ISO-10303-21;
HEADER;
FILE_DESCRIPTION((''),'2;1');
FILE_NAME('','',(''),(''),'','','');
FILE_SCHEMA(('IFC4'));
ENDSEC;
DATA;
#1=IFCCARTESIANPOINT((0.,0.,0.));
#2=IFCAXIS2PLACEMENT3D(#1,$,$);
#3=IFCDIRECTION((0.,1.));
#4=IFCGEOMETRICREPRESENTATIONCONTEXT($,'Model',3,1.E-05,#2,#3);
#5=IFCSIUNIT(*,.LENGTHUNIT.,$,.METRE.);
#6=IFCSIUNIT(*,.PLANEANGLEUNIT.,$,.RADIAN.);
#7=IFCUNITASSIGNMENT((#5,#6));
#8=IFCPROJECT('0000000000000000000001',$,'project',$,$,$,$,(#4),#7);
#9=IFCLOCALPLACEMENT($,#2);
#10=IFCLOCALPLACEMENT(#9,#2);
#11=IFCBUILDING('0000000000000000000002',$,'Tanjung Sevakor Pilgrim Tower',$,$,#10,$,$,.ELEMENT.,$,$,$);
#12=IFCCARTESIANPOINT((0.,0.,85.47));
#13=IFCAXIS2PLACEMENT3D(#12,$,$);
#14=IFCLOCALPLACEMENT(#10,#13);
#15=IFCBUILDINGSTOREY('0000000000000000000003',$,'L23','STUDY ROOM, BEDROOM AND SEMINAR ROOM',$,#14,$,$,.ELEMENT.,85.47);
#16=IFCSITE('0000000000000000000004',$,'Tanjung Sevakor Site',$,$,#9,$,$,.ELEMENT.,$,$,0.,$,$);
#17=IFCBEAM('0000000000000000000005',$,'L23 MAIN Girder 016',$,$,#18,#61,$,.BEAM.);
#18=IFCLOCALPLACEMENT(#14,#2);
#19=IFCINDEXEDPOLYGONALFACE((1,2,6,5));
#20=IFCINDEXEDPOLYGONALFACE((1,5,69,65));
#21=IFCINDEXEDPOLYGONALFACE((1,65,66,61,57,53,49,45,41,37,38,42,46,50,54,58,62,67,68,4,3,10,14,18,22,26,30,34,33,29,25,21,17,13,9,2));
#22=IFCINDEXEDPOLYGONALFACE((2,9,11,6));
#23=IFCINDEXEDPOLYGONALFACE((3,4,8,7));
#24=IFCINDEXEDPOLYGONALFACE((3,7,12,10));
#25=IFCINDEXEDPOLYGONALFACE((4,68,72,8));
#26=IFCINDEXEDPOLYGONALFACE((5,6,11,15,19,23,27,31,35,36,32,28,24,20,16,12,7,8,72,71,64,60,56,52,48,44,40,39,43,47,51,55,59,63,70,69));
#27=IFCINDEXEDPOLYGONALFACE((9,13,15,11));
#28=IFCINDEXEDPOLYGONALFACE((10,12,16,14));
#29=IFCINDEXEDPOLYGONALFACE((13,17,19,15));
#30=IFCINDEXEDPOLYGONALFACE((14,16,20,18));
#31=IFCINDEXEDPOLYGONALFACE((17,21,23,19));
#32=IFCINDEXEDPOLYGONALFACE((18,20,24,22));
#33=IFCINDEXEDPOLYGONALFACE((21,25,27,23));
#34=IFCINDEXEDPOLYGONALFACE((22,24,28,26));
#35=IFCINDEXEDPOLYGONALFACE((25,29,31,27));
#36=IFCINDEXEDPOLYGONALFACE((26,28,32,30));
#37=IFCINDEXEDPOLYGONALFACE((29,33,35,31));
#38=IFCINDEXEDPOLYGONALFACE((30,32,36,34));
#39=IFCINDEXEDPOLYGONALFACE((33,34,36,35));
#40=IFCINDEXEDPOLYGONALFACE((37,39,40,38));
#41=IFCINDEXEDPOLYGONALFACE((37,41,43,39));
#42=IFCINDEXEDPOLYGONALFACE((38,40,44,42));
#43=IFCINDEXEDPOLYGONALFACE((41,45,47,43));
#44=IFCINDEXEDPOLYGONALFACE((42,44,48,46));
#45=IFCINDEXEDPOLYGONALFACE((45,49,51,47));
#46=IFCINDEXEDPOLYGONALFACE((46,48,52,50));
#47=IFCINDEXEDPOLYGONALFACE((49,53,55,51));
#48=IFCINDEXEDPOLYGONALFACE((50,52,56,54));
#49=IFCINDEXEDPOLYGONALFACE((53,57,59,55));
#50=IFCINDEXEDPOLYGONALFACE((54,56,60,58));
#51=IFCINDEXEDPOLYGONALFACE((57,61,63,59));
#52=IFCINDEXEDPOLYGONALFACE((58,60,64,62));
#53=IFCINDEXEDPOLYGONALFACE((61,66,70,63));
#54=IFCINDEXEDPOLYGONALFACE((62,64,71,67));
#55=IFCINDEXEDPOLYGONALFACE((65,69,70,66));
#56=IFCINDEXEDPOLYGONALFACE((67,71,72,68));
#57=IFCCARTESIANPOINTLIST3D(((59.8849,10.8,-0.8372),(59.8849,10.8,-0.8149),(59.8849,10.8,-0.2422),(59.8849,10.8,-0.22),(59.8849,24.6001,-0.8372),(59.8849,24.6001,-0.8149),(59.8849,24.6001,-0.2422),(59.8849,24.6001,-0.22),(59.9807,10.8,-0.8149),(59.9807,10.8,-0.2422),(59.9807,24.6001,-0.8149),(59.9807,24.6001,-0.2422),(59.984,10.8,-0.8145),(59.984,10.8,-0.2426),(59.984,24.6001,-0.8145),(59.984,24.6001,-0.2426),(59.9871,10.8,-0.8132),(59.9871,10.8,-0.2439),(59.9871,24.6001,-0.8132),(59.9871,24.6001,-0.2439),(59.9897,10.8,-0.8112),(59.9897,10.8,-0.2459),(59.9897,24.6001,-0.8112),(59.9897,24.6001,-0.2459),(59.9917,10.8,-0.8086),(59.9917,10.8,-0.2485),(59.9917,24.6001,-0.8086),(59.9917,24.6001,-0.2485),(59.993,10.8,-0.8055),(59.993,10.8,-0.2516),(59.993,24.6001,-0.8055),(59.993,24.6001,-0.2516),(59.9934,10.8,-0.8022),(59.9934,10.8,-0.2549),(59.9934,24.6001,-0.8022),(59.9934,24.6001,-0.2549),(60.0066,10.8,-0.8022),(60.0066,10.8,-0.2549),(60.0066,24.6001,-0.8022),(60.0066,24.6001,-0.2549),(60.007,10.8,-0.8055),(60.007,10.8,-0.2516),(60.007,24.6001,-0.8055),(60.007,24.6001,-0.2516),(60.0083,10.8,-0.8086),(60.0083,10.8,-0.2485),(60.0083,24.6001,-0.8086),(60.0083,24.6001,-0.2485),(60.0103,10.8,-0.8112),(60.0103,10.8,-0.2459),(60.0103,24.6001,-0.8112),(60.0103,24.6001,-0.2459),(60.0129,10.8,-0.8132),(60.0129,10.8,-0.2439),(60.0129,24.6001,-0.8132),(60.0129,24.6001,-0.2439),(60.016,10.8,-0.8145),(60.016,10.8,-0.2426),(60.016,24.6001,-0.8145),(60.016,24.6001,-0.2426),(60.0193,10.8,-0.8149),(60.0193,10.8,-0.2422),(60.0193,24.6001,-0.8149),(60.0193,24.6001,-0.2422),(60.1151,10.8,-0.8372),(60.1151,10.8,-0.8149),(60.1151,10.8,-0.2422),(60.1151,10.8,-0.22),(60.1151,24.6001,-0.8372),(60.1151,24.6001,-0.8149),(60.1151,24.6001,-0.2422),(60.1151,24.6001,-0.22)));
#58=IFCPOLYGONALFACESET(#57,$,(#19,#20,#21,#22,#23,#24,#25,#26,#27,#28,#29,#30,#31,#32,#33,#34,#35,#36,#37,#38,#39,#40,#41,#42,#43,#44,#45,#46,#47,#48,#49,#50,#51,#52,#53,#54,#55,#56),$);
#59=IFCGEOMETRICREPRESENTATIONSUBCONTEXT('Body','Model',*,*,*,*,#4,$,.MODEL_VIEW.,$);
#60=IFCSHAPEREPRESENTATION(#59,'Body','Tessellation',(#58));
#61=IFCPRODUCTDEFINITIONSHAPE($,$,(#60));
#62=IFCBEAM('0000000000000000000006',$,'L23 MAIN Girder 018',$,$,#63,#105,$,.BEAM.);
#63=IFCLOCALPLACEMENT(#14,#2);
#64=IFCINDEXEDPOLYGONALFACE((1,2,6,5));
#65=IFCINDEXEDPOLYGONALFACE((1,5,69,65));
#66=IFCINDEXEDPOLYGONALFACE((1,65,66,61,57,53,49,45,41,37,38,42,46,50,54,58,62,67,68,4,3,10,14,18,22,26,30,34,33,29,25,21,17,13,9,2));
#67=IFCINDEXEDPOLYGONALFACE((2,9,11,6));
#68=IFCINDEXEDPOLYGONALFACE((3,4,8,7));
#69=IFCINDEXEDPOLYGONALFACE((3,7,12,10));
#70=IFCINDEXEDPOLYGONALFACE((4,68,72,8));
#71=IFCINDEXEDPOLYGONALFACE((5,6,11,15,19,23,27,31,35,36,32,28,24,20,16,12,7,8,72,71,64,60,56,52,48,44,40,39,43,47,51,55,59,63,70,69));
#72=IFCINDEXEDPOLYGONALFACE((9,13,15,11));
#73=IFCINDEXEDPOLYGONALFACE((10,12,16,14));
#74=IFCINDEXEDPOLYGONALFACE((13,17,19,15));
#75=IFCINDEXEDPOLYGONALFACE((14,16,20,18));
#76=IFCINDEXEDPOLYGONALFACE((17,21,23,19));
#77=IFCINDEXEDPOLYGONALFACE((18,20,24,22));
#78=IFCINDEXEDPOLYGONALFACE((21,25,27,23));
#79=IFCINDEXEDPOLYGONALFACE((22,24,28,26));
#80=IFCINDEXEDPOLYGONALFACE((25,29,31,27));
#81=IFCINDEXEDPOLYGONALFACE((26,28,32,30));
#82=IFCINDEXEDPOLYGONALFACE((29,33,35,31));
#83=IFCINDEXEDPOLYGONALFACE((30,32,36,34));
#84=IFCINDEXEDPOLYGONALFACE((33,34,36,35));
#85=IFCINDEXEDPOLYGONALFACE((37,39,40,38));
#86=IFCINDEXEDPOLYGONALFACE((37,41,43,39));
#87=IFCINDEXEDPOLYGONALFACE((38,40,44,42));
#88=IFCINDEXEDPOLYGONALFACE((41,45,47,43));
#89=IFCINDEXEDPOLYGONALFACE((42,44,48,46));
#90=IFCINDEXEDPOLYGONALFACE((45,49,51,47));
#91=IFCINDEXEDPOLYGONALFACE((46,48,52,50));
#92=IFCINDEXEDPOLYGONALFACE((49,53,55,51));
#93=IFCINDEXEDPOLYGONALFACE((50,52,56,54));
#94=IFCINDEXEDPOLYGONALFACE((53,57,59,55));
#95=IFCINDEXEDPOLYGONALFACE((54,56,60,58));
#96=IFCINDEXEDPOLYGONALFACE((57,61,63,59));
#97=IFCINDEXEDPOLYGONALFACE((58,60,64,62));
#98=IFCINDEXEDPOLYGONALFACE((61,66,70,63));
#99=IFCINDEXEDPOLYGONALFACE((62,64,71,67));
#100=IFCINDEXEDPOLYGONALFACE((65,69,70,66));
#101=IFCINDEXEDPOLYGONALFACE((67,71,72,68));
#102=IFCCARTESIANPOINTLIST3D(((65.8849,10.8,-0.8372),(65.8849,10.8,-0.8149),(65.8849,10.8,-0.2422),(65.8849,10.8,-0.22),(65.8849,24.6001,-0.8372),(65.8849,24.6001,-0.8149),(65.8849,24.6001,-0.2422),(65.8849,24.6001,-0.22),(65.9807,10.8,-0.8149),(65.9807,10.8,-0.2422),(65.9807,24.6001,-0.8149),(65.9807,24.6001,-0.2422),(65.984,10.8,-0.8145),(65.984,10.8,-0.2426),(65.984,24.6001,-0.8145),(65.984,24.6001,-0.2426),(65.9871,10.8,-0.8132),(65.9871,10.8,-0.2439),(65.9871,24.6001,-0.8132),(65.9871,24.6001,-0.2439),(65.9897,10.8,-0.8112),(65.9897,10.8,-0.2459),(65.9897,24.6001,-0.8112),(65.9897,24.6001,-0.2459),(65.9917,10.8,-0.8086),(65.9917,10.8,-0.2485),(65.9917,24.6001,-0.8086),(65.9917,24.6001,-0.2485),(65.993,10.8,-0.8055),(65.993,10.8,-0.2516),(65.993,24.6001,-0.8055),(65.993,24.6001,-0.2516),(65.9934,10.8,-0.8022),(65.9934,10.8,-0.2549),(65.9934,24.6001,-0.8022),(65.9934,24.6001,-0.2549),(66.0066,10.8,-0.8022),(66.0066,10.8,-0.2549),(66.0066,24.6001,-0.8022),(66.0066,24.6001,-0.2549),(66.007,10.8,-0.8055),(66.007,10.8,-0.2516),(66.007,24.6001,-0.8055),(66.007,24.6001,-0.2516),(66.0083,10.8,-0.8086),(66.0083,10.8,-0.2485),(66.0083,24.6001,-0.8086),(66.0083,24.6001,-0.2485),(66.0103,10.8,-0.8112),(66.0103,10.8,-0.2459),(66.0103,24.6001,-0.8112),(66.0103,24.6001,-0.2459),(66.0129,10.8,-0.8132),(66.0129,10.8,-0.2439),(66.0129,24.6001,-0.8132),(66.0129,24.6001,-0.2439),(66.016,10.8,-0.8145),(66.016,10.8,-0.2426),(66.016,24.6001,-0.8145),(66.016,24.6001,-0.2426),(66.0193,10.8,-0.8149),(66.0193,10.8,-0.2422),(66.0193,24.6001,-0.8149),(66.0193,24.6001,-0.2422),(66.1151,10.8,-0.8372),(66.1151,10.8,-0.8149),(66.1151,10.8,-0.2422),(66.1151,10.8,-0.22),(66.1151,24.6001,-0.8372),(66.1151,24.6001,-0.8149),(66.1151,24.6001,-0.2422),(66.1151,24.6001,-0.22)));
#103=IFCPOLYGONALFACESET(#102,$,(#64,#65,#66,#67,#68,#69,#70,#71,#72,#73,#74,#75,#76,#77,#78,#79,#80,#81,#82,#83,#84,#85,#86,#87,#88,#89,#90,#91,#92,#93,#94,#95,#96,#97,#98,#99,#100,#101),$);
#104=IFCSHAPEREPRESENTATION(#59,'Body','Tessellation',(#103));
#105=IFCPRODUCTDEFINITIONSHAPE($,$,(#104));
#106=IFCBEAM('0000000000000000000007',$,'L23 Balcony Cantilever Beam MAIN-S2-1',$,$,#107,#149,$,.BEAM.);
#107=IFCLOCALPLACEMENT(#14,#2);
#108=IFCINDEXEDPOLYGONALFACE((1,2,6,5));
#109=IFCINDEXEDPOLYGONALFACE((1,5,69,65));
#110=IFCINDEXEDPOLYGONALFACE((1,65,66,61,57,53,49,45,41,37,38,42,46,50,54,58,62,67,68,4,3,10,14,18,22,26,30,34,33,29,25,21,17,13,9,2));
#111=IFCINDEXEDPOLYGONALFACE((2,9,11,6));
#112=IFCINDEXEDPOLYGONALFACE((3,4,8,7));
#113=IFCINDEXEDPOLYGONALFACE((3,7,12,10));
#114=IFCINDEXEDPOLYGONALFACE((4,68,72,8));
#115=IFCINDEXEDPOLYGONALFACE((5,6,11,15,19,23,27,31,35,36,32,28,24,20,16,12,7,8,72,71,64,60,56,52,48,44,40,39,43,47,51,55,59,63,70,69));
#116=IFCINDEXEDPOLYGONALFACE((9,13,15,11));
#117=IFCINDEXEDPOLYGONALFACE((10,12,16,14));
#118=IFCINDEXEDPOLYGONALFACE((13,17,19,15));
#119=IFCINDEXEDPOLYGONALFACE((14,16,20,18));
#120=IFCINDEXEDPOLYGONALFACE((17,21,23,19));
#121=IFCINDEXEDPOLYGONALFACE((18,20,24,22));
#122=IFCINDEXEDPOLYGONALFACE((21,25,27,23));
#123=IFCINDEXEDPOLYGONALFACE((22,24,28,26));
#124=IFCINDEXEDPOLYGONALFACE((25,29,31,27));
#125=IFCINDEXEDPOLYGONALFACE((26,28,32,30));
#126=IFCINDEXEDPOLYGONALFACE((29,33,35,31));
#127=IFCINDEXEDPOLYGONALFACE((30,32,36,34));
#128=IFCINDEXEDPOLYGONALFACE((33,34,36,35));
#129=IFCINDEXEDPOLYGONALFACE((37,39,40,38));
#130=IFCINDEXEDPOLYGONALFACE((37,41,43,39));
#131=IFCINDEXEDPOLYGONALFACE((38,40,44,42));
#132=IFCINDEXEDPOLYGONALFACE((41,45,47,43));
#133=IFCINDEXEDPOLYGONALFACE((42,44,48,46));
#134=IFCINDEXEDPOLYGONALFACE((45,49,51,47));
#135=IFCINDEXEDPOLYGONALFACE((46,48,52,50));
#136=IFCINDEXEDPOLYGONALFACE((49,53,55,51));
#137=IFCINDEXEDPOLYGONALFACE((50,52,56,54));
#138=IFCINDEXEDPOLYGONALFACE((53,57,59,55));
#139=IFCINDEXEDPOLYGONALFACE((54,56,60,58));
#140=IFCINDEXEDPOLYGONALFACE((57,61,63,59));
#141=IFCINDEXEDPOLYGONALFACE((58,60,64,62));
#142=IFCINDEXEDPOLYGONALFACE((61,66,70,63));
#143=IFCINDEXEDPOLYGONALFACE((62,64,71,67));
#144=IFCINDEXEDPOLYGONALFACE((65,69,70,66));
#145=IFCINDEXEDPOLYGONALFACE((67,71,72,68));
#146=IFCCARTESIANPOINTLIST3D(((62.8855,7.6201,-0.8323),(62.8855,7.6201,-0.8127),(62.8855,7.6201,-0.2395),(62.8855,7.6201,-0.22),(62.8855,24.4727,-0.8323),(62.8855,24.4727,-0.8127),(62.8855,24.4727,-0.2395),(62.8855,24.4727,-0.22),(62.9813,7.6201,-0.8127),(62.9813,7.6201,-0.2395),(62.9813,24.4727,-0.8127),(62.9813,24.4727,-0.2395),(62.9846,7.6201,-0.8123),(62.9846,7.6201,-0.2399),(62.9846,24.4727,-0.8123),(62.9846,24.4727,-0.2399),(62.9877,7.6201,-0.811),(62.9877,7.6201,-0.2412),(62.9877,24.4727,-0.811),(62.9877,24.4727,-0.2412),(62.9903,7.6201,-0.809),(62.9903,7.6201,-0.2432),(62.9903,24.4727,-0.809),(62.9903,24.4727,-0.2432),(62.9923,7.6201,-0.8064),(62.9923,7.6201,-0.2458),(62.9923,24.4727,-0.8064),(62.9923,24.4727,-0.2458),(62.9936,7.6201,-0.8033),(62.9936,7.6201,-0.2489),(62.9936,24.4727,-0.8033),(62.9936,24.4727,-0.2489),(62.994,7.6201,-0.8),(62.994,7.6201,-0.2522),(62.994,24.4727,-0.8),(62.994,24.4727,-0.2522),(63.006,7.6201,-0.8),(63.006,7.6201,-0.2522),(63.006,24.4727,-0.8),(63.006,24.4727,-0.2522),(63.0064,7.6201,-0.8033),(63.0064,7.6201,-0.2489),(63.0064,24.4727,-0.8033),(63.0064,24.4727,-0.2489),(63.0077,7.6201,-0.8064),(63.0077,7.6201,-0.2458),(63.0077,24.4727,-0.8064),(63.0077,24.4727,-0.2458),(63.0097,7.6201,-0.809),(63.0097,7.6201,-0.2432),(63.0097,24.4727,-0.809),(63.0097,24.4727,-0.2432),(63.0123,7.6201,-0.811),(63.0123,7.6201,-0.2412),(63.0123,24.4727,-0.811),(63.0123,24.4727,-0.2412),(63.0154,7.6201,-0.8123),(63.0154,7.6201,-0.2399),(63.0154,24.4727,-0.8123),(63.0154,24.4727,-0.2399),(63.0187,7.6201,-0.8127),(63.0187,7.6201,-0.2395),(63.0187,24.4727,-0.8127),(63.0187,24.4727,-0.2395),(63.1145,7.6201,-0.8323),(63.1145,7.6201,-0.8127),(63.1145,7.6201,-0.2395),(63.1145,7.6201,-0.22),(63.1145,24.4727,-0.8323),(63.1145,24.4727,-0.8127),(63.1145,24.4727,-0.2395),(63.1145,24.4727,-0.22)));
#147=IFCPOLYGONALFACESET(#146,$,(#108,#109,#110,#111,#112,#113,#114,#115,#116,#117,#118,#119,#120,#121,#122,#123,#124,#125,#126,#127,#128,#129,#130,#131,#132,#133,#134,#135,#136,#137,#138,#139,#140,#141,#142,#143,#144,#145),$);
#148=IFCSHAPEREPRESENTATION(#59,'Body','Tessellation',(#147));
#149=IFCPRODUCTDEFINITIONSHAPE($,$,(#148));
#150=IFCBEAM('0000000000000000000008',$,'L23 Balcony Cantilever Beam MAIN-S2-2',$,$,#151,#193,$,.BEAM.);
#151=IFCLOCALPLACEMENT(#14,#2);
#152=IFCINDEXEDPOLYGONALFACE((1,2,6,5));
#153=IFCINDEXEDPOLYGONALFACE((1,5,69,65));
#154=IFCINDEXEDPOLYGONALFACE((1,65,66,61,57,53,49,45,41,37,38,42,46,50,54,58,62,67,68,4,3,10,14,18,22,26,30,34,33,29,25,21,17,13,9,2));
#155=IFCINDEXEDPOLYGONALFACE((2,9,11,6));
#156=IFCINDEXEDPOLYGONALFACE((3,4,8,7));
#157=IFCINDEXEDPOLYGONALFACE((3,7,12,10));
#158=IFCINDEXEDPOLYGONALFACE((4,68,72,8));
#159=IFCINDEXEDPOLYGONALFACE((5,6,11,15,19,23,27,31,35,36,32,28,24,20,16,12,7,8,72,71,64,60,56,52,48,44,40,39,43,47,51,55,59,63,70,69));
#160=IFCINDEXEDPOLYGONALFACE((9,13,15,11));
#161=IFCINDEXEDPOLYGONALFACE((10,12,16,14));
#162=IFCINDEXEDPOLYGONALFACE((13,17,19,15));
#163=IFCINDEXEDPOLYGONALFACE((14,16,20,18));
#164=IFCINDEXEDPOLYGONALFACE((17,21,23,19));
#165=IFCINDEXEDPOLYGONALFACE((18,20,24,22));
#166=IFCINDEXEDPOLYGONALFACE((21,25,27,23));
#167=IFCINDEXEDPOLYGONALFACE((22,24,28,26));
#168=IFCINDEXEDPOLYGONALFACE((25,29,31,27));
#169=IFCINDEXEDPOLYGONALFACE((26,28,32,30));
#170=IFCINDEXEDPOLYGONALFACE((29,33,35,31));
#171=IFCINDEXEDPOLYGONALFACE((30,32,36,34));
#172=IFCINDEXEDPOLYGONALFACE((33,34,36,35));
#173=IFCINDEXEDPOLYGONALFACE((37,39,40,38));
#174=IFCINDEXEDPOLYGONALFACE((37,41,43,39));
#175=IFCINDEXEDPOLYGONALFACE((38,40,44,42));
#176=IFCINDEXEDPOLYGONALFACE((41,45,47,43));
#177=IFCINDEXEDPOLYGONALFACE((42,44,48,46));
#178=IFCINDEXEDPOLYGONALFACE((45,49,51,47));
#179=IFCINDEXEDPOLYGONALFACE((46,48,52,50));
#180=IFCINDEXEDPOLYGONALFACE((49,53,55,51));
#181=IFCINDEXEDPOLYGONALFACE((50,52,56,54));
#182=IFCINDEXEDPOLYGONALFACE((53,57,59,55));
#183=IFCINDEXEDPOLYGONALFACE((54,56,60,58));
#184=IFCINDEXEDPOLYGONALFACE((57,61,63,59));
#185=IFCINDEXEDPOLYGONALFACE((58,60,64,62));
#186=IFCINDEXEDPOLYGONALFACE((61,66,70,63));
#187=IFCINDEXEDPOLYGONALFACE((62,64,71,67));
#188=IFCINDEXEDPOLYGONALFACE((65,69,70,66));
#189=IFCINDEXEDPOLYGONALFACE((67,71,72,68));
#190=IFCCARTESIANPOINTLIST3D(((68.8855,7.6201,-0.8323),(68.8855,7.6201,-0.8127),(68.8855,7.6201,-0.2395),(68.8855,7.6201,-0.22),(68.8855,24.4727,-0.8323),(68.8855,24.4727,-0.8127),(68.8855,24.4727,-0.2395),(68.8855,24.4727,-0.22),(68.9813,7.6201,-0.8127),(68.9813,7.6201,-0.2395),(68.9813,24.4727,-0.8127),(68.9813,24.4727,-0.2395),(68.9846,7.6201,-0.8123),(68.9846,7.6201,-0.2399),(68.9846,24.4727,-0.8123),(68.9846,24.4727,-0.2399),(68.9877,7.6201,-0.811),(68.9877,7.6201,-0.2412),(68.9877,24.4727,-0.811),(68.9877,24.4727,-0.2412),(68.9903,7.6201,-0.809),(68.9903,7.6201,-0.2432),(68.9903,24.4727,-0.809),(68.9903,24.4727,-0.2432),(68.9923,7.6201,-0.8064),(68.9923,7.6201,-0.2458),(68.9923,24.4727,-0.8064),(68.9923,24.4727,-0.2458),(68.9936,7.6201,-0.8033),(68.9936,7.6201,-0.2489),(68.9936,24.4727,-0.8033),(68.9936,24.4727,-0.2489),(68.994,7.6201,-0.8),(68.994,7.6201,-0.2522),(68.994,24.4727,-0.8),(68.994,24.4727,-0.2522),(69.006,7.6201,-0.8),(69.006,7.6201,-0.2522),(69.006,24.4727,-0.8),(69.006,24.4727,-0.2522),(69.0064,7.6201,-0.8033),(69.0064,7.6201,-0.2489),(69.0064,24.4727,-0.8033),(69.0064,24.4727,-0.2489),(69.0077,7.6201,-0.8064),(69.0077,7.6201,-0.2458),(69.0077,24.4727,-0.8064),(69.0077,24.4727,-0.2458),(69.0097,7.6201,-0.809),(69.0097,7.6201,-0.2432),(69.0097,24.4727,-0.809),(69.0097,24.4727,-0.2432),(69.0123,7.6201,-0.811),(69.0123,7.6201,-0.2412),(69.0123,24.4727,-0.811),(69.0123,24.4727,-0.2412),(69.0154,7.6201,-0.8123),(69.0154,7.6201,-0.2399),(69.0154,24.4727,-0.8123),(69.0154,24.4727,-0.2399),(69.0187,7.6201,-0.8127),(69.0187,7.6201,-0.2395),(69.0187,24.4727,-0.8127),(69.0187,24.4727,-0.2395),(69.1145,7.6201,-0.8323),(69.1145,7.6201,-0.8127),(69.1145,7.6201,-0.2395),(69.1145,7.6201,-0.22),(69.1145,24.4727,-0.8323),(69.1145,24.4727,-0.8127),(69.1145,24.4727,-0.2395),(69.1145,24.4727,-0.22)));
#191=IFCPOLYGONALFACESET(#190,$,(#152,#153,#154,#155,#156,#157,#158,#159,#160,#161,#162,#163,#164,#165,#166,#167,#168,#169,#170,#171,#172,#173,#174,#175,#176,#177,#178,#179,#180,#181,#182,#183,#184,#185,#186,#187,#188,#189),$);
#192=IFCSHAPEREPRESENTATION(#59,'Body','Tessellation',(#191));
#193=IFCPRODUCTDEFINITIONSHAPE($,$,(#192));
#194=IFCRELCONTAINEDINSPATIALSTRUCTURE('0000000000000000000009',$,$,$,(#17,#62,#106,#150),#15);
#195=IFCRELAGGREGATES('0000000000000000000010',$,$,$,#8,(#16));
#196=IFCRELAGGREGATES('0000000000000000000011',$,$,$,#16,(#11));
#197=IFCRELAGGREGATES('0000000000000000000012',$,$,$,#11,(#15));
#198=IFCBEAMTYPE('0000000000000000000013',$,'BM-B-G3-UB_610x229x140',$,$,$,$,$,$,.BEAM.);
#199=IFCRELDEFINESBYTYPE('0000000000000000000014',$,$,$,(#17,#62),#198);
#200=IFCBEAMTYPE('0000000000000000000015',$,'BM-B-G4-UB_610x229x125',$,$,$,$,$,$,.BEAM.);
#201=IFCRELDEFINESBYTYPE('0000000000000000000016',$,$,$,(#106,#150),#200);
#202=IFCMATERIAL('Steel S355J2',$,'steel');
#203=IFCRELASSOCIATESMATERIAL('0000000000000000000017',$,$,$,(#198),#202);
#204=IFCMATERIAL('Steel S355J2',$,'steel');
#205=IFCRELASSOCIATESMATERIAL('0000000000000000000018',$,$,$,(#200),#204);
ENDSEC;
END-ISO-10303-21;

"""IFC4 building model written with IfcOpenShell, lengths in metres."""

from ifc_helpers import new_model, si_unit, direction, frame, origin, origin_2d, place, context, subcontext, project, spatial, i_section, extrude, material, material_profile, profile_set, type_object, element, save


model = new_model("IFC4")

# Units and contexts
model_context = context("Model", 3, precision=1e-05, world=origin(), true_north=direction((0.0, 1.0)))
body_context = subcontext(model_context, "Body", "Model", "MODEL_VIEW")
ifc_project = project(units=[si_unit("LENGTHUNIT", "METRE"), si_unit("PLANEANGLEUNIT", "RADIAN")], contexts=[model_context])

# Site, building, storey
site_placement = place(None, origin())
site = spatial("IfcSite", under=ifc_project, at=site_placement, Name="Tanjung Sevakor Site", CompositionType="ELEMENT", RefElevation=0.0)
building_placement = place(site_placement, origin())
building = spatial("IfcBuilding", under=site, at=building_placement, Name="Tanjung Sevakor Pilgrim Tower", CompositionType="ELEMENT")
storey_placement = place(building_placement, frame((0.0, 0.0, 85.47)))
storey = spatial("IfcBuildingStorey", under=building, at=storey_placement, Name="L23", Description="STUDY ROOM, BEDROOM AND SEMINAR ROOM", CompositionType="ELEMENT", Elevation=85.47)

# Beams
ifc_material_1 = material(Name="Steel S355J2", Category="steel")
ifc_material_profile_1 = material_profile(ifc_material_1, i_section(OverallWidth=0.2302, OverallDepth=0.6172, WebThickness=0.0132, FlangeThickness=0.0222, FilletRadius=0.0127, at=origin_2d()))
ifc_profile_set_1 = profile_set([ifc_material_profile_1], Name="Steel S355J2")
beam_type_1 = type_object("IfcBeamType", Name="BM-B-G3-UB_610x229x140", PredefinedType="BEAM", material=ifc_profile_set_1)
for number, where, z_axis, x_axis, name in (
    (1, (60.0, 10.8, -0.5286), (0.0, 1.0, 0.0), (-1.0, 0.0, 0.0), "L23 MAIN Girder 016"),
    (2, (66.0, 10.8, -0.5286), (0.0, 1.0, 0.0), (-1.0, 0.0, 0.0), "L23 MAIN Girder 018"),
):
    element("IfcBeam", number, at=place(storey_placement, frame(where, z_axis=z_axis, x_axis=x_axis)), inside=storey, type_object=beam_type_1, Name=name, PredefinedType="BEAM", context=body_context, shape_type="SweptSolid", body=[
        extrude(i_section(OverallWidth=0.2302, OverallDepth=0.6172, WebThickness=0.0132, FlangeThickness=0.0222, FilletRadius=0.0127, at=origin_2d()), origin(), (0.0, 0.0, 1.0), 13.8),
    ])
ifc_material_2 = material(Name="Steel S355J2", Category="steel")
ifc_material_profile_2 = material_profile(ifc_material_2, i_section(OverallWidth=0.229, OverallDepth=0.6123, WebThickness=0.012, FlangeThickness=0.0195, FilletRadius=0.0127, at=origin_2d()))
ifc_profile_set_2 = profile_set([ifc_material_profile_2], Name="Steel S355J2")
beam_type_2 = type_object("IfcBeamType", Name="BM-B-G4-UB_610x229x125", PredefinedType="BEAM", material=ifc_profile_set_2)
for number, where, z_axis, x_axis, name in (
    (3, (63.0, 24.4727, -0.5261), (0.0, -1.0, 0.0), (1.0, 0.0, 0.0), "L23 Balcony Cantilever Beam MAIN-S2-1"),
    (4, (69.0, 24.4727, -0.5261), (0.0, -1.0, 0.0), (1.0, 0.0, 0.0), "L23 Balcony Cantilever Beam MAIN-S2-2"),
):
    element("IfcBeam", number, at=place(storey_placement, frame(where, z_axis=z_axis, x_axis=x_axis)), inside=storey, type_object=beam_type_2, Name=name, PredefinedType="BEAM", context=body_context, shape_type="SweptSolid", body=[
        extrude(i_section(OverallWidth=0.229, OverallDepth=0.6123, WebThickness=0.012, FlangeThickness=0.0195, FilletRadius=0.0127, at=origin_2d()), origin(), (0.0, 0.0, 1.0), 16.8525),
    ])

save(model, "model.ifc")
